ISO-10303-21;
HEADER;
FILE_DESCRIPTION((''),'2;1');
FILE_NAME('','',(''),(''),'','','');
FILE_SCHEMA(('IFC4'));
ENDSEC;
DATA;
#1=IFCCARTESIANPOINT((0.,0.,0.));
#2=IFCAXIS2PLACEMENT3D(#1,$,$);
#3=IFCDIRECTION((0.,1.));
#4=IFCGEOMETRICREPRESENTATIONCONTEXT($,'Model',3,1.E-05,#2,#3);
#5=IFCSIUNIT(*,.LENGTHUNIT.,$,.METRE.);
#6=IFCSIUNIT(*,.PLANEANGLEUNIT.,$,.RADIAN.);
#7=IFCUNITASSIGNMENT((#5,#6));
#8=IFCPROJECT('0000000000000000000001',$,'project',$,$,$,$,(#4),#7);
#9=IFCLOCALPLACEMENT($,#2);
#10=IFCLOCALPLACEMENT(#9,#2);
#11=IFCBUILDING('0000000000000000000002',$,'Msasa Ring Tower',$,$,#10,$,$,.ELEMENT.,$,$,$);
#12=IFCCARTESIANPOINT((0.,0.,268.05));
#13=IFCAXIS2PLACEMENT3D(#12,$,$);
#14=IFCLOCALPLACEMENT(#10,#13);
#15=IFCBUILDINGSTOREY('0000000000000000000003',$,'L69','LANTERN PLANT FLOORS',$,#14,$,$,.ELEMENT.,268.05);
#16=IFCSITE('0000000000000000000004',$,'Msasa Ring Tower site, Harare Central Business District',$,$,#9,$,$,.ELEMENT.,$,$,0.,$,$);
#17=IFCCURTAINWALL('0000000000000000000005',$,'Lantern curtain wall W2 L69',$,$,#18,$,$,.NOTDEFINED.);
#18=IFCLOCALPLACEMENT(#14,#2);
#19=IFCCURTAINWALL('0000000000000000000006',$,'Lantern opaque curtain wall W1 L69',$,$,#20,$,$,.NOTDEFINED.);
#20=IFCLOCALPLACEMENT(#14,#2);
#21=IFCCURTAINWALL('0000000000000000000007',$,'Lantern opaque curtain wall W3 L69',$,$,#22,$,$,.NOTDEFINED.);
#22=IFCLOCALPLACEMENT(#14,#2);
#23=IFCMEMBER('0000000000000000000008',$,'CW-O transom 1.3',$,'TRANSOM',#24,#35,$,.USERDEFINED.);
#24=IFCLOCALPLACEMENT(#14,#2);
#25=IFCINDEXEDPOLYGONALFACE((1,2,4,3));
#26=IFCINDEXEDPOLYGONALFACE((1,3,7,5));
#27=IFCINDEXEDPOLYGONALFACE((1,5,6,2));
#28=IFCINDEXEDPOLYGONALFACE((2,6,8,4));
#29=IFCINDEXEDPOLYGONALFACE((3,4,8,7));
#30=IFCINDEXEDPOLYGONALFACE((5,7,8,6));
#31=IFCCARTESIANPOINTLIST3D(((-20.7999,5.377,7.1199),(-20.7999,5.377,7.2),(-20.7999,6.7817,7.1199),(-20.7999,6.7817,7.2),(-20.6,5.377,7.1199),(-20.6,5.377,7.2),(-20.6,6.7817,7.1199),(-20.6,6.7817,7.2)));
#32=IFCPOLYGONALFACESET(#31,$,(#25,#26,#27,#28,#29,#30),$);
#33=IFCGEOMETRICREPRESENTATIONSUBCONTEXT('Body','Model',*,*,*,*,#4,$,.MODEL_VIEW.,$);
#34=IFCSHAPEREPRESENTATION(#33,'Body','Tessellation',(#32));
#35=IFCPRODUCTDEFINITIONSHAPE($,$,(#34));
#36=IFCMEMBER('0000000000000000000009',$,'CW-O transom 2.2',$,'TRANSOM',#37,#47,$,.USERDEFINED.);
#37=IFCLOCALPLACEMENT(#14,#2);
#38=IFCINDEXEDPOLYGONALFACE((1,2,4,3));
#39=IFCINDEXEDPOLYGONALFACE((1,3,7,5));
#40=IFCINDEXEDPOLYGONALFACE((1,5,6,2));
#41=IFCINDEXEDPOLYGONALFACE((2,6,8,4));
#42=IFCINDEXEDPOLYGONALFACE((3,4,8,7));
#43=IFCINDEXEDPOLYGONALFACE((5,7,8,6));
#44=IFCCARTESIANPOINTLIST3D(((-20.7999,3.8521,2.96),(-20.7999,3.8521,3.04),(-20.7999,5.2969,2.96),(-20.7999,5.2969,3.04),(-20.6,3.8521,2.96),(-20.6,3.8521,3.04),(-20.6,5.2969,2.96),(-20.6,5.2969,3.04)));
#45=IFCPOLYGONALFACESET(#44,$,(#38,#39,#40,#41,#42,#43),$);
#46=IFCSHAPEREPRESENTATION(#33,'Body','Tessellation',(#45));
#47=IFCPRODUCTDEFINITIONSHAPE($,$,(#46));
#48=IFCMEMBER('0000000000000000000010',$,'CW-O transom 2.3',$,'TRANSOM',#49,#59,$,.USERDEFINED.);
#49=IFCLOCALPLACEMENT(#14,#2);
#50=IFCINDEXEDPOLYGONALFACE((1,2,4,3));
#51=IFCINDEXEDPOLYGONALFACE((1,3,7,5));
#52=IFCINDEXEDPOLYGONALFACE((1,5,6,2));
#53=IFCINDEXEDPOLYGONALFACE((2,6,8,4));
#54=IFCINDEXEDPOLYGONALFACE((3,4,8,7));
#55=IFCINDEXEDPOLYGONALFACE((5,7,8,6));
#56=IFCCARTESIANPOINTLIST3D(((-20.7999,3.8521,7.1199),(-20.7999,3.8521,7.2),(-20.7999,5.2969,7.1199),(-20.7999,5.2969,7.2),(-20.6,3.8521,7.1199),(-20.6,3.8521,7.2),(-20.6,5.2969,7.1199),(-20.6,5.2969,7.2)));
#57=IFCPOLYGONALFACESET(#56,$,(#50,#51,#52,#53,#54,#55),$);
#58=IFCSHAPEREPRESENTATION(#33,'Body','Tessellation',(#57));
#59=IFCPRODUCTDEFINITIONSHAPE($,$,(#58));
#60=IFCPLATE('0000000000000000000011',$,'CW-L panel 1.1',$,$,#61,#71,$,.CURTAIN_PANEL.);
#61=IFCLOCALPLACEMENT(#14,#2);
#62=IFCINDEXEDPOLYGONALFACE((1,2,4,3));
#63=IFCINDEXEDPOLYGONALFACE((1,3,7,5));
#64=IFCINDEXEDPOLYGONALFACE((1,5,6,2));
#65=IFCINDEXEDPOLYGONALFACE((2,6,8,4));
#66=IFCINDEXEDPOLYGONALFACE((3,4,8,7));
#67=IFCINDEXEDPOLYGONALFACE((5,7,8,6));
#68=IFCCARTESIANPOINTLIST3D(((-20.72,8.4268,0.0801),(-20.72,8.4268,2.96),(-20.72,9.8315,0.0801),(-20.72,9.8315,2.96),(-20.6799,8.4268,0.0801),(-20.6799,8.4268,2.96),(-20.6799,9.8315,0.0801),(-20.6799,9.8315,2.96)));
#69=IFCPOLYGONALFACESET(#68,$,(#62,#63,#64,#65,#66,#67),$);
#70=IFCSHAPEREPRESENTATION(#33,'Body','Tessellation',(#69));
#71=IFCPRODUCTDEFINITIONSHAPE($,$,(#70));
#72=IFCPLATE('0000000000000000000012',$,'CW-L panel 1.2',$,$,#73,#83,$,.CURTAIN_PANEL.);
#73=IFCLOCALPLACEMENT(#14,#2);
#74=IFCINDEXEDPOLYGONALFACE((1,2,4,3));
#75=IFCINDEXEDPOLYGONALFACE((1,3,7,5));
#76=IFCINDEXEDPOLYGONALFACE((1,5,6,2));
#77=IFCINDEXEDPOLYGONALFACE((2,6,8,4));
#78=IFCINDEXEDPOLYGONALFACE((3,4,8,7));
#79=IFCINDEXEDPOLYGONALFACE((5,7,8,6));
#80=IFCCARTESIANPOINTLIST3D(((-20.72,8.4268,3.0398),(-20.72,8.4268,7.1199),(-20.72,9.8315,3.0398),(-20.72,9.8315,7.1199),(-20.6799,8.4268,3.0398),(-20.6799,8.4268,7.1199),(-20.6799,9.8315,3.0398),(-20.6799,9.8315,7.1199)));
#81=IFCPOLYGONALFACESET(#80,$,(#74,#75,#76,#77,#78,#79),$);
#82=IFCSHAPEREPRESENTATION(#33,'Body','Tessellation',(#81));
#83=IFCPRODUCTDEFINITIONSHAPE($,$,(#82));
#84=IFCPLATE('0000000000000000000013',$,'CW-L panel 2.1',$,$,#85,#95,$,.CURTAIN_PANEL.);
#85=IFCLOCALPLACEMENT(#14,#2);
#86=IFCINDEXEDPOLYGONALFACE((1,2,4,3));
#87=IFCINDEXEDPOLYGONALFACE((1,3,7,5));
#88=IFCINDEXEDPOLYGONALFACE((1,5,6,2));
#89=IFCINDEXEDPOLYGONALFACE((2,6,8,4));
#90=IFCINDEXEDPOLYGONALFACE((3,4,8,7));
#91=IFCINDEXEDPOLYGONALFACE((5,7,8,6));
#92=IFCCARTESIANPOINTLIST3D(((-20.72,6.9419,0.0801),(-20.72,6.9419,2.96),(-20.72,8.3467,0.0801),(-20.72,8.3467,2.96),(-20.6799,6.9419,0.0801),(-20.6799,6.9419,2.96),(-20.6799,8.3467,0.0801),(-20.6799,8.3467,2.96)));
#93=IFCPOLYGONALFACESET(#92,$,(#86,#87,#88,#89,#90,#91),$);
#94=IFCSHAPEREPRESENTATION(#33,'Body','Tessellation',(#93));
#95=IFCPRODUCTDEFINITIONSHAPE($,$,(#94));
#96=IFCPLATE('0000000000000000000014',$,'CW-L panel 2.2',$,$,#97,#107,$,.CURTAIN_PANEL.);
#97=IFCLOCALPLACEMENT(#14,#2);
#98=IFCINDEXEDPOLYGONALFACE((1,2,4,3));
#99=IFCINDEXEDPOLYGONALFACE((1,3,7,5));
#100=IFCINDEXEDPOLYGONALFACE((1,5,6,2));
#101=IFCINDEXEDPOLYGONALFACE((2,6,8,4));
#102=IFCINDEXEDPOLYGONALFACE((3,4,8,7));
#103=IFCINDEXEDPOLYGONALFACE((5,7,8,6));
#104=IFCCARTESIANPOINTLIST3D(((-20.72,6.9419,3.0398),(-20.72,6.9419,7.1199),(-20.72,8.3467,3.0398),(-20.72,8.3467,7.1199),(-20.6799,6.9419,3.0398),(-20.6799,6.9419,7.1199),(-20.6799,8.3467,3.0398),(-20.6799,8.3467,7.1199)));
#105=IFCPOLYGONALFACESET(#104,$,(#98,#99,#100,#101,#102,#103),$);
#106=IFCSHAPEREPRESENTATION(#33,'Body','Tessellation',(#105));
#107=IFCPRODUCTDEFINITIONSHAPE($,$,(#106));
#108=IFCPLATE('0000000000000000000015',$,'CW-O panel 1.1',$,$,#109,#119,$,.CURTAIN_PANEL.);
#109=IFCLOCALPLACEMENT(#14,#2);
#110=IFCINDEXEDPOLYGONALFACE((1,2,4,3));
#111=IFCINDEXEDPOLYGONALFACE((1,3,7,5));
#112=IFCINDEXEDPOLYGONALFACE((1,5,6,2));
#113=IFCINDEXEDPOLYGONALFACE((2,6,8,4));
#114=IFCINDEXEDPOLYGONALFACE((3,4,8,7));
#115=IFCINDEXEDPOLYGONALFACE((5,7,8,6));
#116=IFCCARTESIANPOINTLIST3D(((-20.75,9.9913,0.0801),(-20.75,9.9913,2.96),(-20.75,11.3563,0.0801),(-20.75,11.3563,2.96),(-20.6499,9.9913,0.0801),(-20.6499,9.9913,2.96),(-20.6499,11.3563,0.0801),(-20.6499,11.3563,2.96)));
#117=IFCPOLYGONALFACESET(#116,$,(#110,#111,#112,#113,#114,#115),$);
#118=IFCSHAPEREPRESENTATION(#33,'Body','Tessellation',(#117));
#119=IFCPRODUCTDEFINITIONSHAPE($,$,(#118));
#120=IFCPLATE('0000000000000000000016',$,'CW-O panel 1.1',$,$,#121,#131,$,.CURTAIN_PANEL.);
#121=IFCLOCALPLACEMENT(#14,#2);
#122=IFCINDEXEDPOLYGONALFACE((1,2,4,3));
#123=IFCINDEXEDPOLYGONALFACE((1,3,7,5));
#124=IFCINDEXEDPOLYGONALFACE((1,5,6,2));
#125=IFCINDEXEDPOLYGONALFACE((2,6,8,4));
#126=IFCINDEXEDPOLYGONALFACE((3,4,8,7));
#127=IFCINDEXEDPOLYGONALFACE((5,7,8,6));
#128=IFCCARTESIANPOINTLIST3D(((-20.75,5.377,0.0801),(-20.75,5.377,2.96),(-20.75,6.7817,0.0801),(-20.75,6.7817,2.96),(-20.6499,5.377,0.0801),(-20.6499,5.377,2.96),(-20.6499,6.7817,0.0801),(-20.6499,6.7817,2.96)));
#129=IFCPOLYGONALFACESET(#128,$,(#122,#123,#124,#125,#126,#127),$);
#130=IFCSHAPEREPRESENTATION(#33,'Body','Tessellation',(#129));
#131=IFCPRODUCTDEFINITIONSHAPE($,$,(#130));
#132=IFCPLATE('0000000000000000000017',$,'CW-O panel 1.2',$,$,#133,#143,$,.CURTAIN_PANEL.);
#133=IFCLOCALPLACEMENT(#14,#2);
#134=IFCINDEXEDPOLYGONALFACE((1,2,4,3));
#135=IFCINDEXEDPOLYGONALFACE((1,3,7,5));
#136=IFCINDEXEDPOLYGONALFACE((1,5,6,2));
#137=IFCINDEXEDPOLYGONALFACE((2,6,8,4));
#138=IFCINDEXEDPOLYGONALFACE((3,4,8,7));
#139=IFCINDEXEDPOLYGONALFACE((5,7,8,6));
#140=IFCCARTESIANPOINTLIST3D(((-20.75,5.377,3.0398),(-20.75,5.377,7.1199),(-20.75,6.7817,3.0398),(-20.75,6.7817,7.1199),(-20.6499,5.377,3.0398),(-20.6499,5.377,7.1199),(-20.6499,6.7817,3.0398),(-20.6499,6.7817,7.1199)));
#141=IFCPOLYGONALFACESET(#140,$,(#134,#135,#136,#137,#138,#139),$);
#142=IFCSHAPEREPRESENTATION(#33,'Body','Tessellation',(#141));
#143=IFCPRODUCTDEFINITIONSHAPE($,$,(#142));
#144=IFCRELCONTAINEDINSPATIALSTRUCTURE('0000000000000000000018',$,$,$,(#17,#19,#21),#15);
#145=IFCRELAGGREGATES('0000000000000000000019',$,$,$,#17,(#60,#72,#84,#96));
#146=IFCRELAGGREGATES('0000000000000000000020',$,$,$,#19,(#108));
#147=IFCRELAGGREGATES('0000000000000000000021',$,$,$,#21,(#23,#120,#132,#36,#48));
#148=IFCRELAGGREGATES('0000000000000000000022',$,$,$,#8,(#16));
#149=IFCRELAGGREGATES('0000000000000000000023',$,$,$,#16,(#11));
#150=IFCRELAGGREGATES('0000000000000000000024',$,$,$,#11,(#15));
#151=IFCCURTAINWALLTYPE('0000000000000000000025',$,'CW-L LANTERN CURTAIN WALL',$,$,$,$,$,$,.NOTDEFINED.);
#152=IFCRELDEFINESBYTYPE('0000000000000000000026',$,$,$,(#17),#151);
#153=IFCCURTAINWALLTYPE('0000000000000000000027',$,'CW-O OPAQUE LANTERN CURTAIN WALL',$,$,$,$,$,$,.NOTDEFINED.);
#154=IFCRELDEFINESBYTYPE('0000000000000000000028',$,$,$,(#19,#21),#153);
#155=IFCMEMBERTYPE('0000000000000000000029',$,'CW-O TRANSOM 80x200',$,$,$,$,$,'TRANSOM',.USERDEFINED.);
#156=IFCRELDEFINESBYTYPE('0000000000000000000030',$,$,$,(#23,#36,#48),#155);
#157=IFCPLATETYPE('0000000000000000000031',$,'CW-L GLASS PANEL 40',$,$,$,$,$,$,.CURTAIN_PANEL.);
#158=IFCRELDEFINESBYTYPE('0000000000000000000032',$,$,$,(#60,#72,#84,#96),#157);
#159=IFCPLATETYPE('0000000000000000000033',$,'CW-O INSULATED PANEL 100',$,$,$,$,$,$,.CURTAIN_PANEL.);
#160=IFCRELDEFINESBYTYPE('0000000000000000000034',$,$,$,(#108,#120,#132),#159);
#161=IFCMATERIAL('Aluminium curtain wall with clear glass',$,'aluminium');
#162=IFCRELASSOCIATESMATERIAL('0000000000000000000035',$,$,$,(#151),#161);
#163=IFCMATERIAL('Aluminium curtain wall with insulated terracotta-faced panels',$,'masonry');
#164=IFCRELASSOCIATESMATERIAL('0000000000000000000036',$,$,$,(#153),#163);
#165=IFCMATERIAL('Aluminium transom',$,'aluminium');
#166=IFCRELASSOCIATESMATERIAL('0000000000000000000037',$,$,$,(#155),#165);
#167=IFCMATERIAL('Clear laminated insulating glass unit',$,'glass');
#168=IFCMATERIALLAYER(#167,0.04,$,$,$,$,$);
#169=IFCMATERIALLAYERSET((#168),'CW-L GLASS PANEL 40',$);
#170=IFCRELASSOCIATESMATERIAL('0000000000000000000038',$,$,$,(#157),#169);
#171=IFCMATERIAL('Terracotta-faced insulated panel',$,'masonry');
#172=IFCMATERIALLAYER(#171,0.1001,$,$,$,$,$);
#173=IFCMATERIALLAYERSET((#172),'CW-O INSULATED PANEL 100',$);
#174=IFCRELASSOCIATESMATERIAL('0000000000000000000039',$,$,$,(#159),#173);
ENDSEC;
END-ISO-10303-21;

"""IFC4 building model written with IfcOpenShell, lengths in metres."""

from ifc_helpers import new_model, si_unit, direction, frame, origin, origin_2d, place, context, subcontext, project, spatial, rectangle, extrude, material, layer, layer_set, material_profile, profile_set, type_object, element, aggregate, save


model = new_model("IFC4")

# Units and contexts
model_context = context("Model", 3, precision=1e-05, world=origin(), true_north=direction((0.0, 1.0)))
body_context = subcontext(model_context, "Body", "Model", "MODEL_VIEW")
ifc_project = project(units=[si_unit("LENGTHUNIT", "METRE"), si_unit("PLANEANGLEUNIT", "RADIAN")], contexts=[model_context])

# Site, building, storey
site_placement = place(None, origin())
site = spatial("IfcSite", under=ifc_project, at=site_placement, Name="Msasa Ring Tower site, Harare Central Business District", CompositionType="ELEMENT", RefElevation=0.0)
building_placement = place(site_placement, origin())
building = spatial("IfcBuilding", under=site, at=building_placement, Name="Msasa Ring Tower", CompositionType="ELEMENT")
storey_placement = place(building_placement, frame((0.0, 0.0, 268.05)))
storey = spatial("IfcBuildingStorey", under=building, at=storey_placement, Name="L69", Description="LANTERN PLANT FLOORS", CompositionType="ELEMENT", Elevation=268.05)

# Curtain wall
ifc_material_1 = material(Name="Aluminium curtain wall with clear glass", Category="aluminium")
curtain_wall_type_1 = type_object("IfcCurtainWallType", Name="CW-L LANTERN CURTAIN WALL", PredefinedType="NOTDEFINED", material=ifc_material_1)
curtain_wall_1_placement = place(storey_placement, origin())
curtain_wall_1 = element("IfcCurtainWall", 1, at=curtain_wall_1_placement, inside=storey, type_object=curtain_wall_type_1, Name="Lantern curtain wall W2 L69", PredefinedType="NOTDEFINED")

# Curtain wall
ifc_material_2 = material(Name="Aluminium curtain wall with insulated terracotta-faced panels", Category="masonry")
curtain_wall_type_2 = type_object("IfcCurtainWallType", Name="CW-O OPAQUE LANTERN CURTAIN WALL", PredefinedType="NOTDEFINED", material=ifc_material_2)
curtain_wall_2_placement = place(storey_placement, origin())
curtain_wall_2 = element("IfcCurtainWall", 2, at=curtain_wall_2_placement, inside=storey, type_object=curtain_wall_type_2, Name="Lantern opaque curtain wall W1 L69", PredefinedType="NOTDEFINED")

# Curtain wall, members
curtain_wall_3_placement = place(storey_placement, origin())
curtain_wall_3 = element("IfcCurtainWall", 3, at=curtain_wall_3_placement, inside=storey, type_object=curtain_wall_type_2, Name="Lantern opaque curtain wall W3 L69", PredefinedType="NOTDEFINED")
ifc_material_3 = material(Name="Aluminium transom", Category="aluminium")
ifc_material_profile_1 = material_profile(ifc_material_3, rectangle(XDim=0.2, YDim=0.0801, at=origin_2d()), Name="AL 80x200")
ifc_profile_set_1 = profile_set([ifc_material_profile_1], Name="Aluminium transom")
member_type_1 = type_object("IfcMemberType", Name="CW-O TRANSOM 80x200", ElementType="TRANSOM", PredefinedType="USERDEFINED", material=ifc_profile_set_1)
member_1_placement = place(storey_placement, frame((-20.7, 6.7817, 7.1599), z_axis=(0.0, -1.0, 0.0), x_axis=(1.0, 0.0, 0.0)))
member_1 = element("IfcMember", 4, at=member_1_placement, type_object=member_type_1, Name="CW-O transom 1.3", ObjectType="TRANSOM", PredefinedType="USERDEFINED", context=body_context, shape_type="SweptSolid", body=[
    extrude(rectangle(XDim=0.2, YDim=0.0801, at=origin_2d()), origin(), (0.0, 0.0, 1.0), 1.4048),
])
member_2_placement = place(storey_placement, frame((-20.7, 5.2969, 3.0), z_axis=(0.0, -1.0, 0.0), x_axis=(1.0, 0.0, 0.0)))
member_2 = element("IfcMember", 5, at=member_2_placement, type_object=member_type_1, Name="CW-O transom 2.2", ObjectType="TRANSOM", PredefinedType="USERDEFINED", context=body_context, shape_type="SweptSolid", body=[
    extrude(rectangle(XDim=0.2, YDim=0.0801, at=origin_2d()), origin(), (0.0, 0.0, 1.0), 1.4448),
])
member_3_placement = place(storey_placement, frame((-20.7, 5.2969, 7.1599), z_axis=(0.0, -1.0, 0.0), x_axis=(1.0, 0.0, 0.0)))
member_3 = element("IfcMember", 6, at=member_3_placement, type_object=member_type_1, Name="CW-O transom 2.3", ObjectType="TRANSOM", PredefinedType="USERDEFINED", context=body_context, shape_type="SweptSolid", body=[
    extrude(rectangle(XDim=0.2, YDim=0.0801, at=origin_2d()), origin(), (0.0, 0.0, 1.0), 1.4448),
])

# Plates
ifc_material_4 = material(Name="Clear laminated insulating glass unit", Category="glass")
ifc_layer_1 = layer(ifc_material_4, 0.04)
ifc_layer_set_1 = layer_set([ifc_layer_1], Name="CW-L GLASS PANEL 40")
plate_type_1 = type_object("IfcPlateType", Name="CW-L GLASS PANEL 40", PredefinedType="CURTAIN_PANEL", material=ifc_layer_set_1)
plate_1_placement = place(storey_placement, frame((-20.7, 9.1292, 0.0801), z_axis=(0.0, 0.0, 1.0), x_axis=(0.0, -1.0, 0.0)))
plate_1 = element("IfcPlate", 7, at=plate_1_placement, type_object=plate_type_1, Name="CW-L panel 1.1", PredefinedType="CURTAIN_PANEL", context=body_context, shape_type="SweptSolid", body=[
    extrude(rectangle(XDim=1.4048, YDim=0.04, at=origin_2d()), origin(), (0.0, 0.0, 1.0), 2.8799),
])
plate_2_placement = place(storey_placement, frame((-20.7, 9.1292, 3.0398), z_axis=(0.0, 0.0, 1.0), x_axis=(0.0, -1.0, 0.0)))
plate_2 = element("IfcPlate", 8, at=plate_2_placement, type_object=plate_type_1, Name="CW-L panel 1.2", PredefinedType="CURTAIN_PANEL", context=body_context, shape_type="SweptSolid", body=[
    extrude(rectangle(XDim=1.4048, YDim=0.04, at=origin_2d()), origin(), (0.0, 0.0, 1.0), 4.0801),
])
plate_3_placement = place(storey_placement, frame((-20.7, 7.6443, 0.0801), z_axis=(0.0, 0.0, 1.0), x_axis=(0.0, -1.0, 0.0)))
plate_3 = element("IfcPlate", 9, at=plate_3_placement, type_object=plate_type_1, Name="CW-L panel 2.1", PredefinedType="CURTAIN_PANEL", context=body_context, shape_type="SweptSolid", body=[
    extrude(rectangle(XDim=1.4048, YDim=0.04, at=origin_2d()), origin(), (0.0, 0.0, 1.0), 2.8799),
])
plate_4_placement = place(storey_placement, frame((-20.7, 7.6443, 3.0398), z_axis=(0.0, 0.0, 1.0), x_axis=(0.0, -1.0, 0.0)))
plate_4 = element("IfcPlate", 10, at=plate_4_placement, type_object=plate_type_1, Name="CW-L panel 2.2", PredefinedType="CURTAIN_PANEL", context=body_context, shape_type="SweptSolid", body=[
    extrude(rectangle(XDim=1.4048, YDim=0.04, at=origin_2d()), origin(), (0.0, 0.0, 1.0), 4.0801),
])
aggregate(curtain_wall_1, [plate_1, plate_2, plate_3, plate_4])
ifc_material_5 = material(Name="Terracotta-faced insulated panel", Category="masonry")
ifc_layer_2 = layer(ifc_material_5, 0.1001)
ifc_layer_set_2 = layer_set([ifc_layer_2], Name="CW-O INSULATED PANEL 100")
plate_type_2 = type_object("IfcPlateType", Name="CW-O INSULATED PANEL 100", PredefinedType="CURTAIN_PANEL", material=ifc_layer_set_2)
plate_5_placement = place(storey_placement, frame((-20.7, 10.6738, 0.0801), z_axis=(0.0, 0.0, 1.0), x_axis=(0.0, -1.0, 0.0)))
plate_5 = element("IfcPlate", 11, at=plate_5_placement, type_object=plate_type_2, Name="CW-O panel 1.1", PredefinedType="CURTAIN_PANEL", context=body_context, shape_type="SweptSolid", body=[
    extrude(rectangle(XDim=1.365, YDim=0.1001, at=origin_2d()), origin(), (0.0, 0.0, 1.0), 2.8799),
])
aggregate(curtain_wall_2, [plate_5])
plate_6_placement = place(storey_placement, frame((-20.7, 6.0793, 0.0801), z_axis=(0.0, 0.0, 1.0), x_axis=(0.0, -1.0, 0.0)))
plate_6 = element("IfcPlate", 12, at=plate_6_placement, type_object=plate_type_2, Name="CW-O panel 1.1", PredefinedType="CURTAIN_PANEL", context=body_context, shape_type="SweptSolid", body=[
    extrude(rectangle(XDim=1.4048, YDim=0.1001, at=origin_2d()), origin(), (0.0, 0.0, 1.0), 2.8799),
])
plate_7_placement = place(storey_placement, frame((-20.7, 6.0793, 3.0398), z_axis=(0.0, 0.0, 1.0), x_axis=(0.0, -1.0, 0.0)))
plate_7 = element("IfcPlate", 13, at=plate_7_placement, type_object=plate_type_2, Name="CW-O panel 1.2", PredefinedType="CURTAIN_PANEL", context=body_context, shape_type="SweptSolid", body=[
    extrude(rectangle(XDim=1.4048, YDim=0.1001, at=origin_2d()), origin(), (0.0, 0.0, 1.0), 4.0801),
])
aggregate(curtain_wall_3, [member_1, plate_6, plate_7, member_2, member_3])

save(model, "model.ifc")
